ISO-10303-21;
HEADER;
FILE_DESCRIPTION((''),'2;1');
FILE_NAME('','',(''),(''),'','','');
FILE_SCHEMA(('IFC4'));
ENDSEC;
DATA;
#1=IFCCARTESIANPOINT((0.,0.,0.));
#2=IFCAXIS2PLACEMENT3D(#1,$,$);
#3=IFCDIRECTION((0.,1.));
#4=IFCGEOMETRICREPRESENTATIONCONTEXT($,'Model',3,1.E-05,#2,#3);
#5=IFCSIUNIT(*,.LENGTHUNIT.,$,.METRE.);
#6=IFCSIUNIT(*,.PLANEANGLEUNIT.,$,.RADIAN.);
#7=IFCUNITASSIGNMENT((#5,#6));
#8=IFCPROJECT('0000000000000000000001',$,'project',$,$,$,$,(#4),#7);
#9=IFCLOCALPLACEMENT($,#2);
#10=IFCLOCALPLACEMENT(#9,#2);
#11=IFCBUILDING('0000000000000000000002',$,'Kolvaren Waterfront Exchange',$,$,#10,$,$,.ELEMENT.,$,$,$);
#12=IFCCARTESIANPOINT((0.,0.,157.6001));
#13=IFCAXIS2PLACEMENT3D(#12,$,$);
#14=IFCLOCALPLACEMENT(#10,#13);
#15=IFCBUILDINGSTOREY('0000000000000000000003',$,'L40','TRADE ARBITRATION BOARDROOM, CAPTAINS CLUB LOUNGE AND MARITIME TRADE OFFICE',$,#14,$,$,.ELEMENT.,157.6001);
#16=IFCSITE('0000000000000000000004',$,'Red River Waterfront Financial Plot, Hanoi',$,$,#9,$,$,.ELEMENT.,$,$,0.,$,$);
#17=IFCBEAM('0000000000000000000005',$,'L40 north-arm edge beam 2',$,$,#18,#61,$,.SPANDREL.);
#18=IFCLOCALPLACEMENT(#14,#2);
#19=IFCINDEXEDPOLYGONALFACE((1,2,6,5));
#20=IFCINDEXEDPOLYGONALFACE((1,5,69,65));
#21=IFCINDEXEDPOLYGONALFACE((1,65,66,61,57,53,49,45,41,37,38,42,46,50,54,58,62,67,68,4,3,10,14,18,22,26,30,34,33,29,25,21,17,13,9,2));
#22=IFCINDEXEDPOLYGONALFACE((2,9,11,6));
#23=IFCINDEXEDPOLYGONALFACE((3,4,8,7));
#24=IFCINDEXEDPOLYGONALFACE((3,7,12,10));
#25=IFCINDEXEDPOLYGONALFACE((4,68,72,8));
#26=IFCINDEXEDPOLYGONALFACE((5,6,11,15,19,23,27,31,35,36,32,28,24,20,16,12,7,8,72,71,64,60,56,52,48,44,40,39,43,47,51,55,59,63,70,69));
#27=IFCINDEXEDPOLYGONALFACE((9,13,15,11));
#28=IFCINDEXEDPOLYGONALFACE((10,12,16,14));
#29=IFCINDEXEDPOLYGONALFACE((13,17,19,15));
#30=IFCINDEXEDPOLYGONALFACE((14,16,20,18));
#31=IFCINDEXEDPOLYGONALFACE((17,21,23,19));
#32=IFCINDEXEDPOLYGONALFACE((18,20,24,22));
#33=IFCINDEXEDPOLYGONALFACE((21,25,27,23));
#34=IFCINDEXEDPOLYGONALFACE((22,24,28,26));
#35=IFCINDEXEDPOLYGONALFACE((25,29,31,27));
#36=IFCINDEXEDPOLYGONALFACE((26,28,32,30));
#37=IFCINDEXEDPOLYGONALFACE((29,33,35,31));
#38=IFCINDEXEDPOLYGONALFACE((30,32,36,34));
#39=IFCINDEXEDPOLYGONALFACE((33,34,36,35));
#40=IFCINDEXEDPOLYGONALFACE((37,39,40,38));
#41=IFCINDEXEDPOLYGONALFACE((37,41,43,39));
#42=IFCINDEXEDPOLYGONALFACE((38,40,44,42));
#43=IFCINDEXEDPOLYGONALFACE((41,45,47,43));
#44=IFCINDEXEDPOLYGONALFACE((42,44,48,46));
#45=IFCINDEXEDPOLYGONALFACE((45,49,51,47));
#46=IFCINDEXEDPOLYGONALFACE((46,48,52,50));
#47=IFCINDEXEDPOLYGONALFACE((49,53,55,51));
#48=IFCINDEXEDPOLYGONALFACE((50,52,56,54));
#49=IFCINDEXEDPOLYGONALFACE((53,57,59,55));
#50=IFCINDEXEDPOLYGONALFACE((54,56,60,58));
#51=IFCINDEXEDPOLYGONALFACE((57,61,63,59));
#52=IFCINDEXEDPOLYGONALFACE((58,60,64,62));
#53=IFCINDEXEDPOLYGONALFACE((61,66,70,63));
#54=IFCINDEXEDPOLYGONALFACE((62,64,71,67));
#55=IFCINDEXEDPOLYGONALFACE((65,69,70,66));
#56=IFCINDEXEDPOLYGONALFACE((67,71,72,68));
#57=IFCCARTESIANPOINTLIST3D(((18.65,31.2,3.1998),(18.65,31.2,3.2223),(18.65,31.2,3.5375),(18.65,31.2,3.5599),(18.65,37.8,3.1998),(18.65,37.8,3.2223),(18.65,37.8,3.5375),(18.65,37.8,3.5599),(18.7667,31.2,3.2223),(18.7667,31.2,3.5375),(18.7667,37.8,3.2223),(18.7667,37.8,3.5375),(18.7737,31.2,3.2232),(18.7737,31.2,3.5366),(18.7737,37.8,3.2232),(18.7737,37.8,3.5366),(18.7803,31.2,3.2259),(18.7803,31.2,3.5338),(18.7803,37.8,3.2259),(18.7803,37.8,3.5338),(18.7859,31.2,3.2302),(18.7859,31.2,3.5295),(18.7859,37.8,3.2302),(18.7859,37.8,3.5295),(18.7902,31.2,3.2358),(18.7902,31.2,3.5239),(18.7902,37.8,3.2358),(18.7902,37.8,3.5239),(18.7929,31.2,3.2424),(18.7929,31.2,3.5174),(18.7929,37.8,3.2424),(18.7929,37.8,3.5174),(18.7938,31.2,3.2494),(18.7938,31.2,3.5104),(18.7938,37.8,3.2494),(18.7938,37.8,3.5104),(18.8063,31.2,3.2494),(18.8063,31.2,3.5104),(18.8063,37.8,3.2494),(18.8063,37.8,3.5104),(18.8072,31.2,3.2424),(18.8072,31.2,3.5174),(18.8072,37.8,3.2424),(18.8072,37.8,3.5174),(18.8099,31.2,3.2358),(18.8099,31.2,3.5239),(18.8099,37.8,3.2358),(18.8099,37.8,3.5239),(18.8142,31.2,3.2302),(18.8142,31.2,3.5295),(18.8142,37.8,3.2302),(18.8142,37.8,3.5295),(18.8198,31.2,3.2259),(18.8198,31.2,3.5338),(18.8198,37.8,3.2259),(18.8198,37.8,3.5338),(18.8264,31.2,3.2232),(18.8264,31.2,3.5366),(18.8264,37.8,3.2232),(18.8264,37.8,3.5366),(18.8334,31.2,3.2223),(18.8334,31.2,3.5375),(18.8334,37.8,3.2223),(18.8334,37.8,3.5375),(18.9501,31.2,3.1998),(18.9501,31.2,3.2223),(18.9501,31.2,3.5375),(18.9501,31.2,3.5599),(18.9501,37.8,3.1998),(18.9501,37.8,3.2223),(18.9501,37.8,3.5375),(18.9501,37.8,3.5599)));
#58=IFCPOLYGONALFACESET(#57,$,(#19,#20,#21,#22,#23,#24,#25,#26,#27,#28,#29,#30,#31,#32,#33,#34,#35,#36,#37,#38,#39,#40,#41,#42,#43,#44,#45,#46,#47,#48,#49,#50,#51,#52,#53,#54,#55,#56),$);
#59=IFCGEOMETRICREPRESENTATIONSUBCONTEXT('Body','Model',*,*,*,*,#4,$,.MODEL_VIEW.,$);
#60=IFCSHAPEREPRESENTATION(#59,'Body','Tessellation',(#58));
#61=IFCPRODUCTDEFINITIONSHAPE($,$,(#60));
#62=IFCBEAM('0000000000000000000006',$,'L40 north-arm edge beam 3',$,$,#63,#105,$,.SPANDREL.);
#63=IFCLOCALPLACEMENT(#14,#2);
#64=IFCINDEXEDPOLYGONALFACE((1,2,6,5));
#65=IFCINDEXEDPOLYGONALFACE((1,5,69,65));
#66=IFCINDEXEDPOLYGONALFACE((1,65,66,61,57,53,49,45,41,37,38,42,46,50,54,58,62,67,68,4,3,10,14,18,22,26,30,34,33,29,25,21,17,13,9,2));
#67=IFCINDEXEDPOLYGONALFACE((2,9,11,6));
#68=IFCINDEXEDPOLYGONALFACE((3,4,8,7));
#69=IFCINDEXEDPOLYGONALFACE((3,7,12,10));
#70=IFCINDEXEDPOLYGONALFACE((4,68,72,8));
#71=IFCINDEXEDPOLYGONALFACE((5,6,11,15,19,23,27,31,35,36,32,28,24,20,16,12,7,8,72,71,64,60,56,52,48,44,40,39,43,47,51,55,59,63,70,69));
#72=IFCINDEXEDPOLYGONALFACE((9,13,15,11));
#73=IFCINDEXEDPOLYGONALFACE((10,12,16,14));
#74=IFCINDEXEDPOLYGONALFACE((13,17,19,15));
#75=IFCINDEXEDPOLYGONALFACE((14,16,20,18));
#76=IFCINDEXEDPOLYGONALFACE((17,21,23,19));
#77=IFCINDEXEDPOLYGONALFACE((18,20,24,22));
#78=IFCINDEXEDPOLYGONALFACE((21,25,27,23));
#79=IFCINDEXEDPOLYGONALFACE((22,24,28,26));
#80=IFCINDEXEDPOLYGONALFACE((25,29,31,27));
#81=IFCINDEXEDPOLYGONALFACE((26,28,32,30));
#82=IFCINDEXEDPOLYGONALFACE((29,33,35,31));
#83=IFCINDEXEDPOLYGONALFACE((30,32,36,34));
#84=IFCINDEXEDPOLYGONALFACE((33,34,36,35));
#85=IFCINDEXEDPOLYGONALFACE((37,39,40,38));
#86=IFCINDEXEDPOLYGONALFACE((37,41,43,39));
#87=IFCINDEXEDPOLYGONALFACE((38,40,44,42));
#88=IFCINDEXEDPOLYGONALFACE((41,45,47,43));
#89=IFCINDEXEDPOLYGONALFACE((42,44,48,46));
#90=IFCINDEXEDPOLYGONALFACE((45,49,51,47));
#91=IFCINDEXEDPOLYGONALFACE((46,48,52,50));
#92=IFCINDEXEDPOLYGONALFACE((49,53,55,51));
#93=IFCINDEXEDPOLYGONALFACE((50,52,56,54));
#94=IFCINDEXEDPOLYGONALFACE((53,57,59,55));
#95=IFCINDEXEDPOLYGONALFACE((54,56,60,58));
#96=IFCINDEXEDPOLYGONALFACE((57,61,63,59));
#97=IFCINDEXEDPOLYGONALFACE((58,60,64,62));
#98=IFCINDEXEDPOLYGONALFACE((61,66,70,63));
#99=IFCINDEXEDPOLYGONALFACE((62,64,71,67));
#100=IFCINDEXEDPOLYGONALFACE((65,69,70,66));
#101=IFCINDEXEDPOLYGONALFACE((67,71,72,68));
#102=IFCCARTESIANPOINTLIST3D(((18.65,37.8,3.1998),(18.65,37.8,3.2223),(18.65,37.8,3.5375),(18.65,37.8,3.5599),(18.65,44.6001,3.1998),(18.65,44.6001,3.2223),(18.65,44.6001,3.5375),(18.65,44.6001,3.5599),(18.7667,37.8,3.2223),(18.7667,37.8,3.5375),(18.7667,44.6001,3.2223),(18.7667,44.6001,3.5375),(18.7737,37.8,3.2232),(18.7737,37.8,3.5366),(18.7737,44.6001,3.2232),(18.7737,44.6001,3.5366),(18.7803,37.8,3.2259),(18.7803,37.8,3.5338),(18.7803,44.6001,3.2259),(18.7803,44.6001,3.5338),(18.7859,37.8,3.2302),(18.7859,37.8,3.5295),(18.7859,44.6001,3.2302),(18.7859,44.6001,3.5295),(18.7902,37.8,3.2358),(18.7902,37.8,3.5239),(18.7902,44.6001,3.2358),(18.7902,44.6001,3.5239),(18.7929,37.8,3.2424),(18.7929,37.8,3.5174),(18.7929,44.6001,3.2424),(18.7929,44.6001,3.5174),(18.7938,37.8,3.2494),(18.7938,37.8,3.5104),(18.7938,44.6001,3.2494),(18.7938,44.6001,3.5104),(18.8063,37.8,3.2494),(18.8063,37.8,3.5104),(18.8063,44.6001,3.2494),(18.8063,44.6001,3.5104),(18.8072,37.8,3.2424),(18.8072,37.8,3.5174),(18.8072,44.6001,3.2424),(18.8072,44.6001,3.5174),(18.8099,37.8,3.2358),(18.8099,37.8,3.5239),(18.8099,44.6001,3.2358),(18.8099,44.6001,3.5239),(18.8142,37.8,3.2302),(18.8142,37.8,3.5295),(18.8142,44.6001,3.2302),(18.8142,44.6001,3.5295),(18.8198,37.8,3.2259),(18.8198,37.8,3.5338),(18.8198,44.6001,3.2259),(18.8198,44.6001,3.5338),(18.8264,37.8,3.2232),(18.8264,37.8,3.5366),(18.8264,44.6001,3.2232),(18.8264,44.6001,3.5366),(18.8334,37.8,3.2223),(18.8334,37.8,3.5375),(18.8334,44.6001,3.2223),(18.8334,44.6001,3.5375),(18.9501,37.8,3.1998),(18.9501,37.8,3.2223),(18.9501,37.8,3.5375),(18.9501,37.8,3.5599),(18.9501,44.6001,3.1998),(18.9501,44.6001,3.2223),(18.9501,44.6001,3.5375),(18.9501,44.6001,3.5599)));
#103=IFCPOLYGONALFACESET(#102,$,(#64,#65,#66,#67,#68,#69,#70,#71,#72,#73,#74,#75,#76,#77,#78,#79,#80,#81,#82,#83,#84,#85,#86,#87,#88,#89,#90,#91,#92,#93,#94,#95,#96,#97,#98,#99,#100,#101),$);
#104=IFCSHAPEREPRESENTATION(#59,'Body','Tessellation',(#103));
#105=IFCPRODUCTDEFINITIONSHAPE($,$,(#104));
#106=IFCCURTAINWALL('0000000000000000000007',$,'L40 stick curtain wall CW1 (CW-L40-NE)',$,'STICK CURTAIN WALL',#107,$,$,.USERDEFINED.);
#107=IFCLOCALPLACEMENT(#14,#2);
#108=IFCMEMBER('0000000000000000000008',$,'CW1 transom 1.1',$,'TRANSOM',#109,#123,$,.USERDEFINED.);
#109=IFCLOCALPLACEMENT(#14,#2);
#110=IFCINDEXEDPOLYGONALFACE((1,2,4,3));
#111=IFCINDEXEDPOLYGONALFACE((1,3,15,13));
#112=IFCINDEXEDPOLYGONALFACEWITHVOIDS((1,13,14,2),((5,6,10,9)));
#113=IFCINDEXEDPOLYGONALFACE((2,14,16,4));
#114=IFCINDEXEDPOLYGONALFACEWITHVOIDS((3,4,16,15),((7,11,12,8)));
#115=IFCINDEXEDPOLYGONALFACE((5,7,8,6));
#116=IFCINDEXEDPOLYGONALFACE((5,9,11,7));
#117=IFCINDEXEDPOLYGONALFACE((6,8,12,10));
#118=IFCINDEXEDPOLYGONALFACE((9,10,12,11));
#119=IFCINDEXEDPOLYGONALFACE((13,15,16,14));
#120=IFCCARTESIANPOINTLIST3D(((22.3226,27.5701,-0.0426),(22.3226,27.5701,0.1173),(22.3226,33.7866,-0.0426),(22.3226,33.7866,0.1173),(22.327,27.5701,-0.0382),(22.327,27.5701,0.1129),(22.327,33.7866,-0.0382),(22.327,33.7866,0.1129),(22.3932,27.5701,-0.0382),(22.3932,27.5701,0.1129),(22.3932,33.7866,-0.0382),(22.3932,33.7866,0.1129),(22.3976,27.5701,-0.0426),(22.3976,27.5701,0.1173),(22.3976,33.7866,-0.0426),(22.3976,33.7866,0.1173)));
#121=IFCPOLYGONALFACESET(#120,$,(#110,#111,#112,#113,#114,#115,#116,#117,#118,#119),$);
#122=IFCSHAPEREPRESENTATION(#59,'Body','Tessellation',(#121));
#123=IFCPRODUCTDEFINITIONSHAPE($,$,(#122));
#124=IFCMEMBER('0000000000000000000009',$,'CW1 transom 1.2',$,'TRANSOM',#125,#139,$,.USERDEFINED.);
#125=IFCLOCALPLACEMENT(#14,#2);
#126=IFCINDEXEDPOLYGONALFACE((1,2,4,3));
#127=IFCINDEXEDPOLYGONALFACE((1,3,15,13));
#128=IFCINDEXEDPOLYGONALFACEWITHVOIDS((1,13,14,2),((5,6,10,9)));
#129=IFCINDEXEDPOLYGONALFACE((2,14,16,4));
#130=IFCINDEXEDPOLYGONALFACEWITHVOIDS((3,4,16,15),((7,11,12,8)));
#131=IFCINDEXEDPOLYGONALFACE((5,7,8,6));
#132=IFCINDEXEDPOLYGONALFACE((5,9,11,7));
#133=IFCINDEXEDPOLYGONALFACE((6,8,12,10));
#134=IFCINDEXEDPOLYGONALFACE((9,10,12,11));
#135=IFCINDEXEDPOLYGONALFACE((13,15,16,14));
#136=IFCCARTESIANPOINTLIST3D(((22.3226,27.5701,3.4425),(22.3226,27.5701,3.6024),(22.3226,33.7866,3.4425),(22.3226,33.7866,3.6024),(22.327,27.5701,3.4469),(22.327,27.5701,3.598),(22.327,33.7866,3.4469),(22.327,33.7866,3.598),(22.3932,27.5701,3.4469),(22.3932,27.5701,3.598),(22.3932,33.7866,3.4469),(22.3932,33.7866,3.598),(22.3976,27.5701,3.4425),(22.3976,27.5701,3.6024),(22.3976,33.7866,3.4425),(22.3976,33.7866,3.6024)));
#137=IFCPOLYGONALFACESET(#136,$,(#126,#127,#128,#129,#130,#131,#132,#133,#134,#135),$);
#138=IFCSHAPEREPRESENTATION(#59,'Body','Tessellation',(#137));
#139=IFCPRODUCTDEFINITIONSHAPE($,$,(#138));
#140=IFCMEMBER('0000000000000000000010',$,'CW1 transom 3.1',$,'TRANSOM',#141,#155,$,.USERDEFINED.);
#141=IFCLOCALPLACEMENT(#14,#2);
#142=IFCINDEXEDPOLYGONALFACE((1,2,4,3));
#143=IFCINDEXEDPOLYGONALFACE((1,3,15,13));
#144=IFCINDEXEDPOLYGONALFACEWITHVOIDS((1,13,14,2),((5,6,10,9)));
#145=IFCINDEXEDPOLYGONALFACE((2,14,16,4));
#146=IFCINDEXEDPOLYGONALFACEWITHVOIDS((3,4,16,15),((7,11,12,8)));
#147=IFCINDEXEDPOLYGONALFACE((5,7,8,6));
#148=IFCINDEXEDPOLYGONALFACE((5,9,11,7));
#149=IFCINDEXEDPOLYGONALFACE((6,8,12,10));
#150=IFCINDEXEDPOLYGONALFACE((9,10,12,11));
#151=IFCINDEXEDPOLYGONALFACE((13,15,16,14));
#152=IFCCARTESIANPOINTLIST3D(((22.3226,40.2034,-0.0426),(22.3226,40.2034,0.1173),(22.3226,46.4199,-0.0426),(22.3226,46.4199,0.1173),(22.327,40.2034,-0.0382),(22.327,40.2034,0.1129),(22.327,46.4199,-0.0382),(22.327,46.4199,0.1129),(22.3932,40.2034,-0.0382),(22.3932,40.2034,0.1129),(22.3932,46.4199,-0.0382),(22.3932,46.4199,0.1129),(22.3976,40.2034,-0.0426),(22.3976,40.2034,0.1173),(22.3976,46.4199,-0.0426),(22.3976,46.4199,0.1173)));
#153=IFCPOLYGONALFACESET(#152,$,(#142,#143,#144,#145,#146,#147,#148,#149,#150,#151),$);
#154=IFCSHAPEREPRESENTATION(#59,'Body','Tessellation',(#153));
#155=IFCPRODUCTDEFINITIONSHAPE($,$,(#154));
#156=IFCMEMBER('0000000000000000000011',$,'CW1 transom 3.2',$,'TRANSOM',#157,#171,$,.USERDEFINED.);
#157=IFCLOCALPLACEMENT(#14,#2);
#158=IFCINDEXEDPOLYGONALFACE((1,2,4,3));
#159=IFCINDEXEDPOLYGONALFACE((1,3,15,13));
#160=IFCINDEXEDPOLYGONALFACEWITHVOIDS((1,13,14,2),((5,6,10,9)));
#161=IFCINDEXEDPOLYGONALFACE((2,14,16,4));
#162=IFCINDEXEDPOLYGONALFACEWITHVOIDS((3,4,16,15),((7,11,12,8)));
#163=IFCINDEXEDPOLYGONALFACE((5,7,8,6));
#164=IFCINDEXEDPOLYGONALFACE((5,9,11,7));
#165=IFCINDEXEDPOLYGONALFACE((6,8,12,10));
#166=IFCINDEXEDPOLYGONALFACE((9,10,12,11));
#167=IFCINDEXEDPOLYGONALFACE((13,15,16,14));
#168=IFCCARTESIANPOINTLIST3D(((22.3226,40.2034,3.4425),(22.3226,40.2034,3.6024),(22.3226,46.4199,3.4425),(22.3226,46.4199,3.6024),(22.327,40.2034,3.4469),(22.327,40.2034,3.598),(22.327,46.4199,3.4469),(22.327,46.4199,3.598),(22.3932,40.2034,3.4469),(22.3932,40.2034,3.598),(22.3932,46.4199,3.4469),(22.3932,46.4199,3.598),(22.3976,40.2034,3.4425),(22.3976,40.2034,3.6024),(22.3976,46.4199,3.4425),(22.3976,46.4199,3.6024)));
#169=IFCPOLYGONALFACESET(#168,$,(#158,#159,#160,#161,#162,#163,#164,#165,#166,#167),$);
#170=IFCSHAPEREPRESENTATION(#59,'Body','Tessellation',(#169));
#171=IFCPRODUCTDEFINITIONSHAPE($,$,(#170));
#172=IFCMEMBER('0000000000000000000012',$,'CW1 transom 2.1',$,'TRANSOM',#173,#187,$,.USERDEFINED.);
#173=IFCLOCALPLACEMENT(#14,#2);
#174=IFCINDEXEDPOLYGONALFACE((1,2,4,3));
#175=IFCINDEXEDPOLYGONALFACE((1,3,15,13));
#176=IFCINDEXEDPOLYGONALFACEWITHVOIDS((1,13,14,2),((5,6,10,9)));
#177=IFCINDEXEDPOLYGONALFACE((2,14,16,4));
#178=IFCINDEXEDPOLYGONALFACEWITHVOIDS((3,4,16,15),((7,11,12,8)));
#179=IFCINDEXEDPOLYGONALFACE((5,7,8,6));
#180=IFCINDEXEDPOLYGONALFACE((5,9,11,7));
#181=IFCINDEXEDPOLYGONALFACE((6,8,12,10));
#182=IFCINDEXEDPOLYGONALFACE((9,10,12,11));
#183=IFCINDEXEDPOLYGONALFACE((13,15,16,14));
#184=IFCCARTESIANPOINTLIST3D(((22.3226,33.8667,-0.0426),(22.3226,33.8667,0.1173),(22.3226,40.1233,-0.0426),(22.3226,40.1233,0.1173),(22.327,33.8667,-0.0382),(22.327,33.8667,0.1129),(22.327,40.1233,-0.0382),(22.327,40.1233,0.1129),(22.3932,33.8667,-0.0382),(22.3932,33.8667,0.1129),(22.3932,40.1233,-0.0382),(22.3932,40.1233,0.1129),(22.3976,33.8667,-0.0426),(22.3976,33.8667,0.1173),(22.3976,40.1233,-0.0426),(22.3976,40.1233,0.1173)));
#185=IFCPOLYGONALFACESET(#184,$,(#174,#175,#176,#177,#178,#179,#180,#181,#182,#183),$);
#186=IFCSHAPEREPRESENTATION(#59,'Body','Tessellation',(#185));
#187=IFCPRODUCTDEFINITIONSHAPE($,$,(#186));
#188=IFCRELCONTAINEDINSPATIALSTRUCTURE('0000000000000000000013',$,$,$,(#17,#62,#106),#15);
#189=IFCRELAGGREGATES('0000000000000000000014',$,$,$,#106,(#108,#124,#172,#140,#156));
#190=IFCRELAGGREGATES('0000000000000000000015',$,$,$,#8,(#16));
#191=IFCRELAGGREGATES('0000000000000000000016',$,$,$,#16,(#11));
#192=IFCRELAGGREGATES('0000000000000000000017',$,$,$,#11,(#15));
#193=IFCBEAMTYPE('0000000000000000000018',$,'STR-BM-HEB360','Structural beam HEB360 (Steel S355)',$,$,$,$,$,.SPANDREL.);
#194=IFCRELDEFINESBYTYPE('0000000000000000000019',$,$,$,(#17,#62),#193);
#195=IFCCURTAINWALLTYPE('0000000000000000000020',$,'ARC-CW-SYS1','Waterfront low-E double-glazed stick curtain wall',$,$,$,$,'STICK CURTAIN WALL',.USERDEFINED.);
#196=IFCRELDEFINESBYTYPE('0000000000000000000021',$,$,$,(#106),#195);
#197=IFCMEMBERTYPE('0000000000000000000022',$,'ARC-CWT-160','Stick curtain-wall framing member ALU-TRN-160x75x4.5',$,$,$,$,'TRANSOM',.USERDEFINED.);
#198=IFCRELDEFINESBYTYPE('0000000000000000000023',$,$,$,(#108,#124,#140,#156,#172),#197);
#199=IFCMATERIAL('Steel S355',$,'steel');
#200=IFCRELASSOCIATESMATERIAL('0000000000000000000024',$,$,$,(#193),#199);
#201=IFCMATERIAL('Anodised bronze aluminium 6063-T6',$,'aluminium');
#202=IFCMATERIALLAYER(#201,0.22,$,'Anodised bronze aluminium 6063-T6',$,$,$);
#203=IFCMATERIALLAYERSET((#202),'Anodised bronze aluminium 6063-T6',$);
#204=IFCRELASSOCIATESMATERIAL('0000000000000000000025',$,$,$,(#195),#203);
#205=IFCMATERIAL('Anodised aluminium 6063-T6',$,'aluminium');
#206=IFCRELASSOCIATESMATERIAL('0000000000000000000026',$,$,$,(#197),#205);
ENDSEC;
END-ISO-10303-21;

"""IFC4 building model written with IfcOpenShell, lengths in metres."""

from ifc_helpers import new_model, si_unit, direction, frame, origin, origin_with_axes, origin_2d, place, context, subcontext, project, spatial, hollow_rectangle, i_section, extrude, source, transform, mapped, material, layer, layer_set, material_profile, profile_set, type_object, element, aggregate, save


model = new_model("IFC4")

# Units and contexts
model_context = context("Model", 3, precision=1e-05, world=origin(), true_north=direction((0.0, 1.0)))
body_context = subcontext(model_context, "Body", "Model", "MODEL_VIEW")
ifc_project = project(units=[si_unit("LENGTHUNIT", "METRE"), si_unit("PLANEANGLEUNIT", "RADIAN")], contexts=[model_context])

# Site, building, storey
site_placement = place(None, origin())
site = spatial("IfcSite", under=ifc_project, at=site_placement, Name="Red River Waterfront Financial Plot, Hanoi", CompositionType="ELEMENT", RefElevation=0.0)
building_placement = place(site_placement, origin())
building = spatial("IfcBuilding", under=site, at=building_placement, Name="Kolvaren Waterfront Exchange", CompositionType="ELEMENT")
storey_placement = place(building_placement, frame((0.0, 0.0, 157.6001)))
storey = spatial("IfcBuildingStorey", under=building, at=storey_placement, Name="L40", Description="TRADE ARBITRATION BOARDROOM, CAPTAINS CLUB LOUNGE AND MARITIME TRADE OFFICE", CompositionType="ELEMENT", Elevation=157.6001)

# Beams
ifc_material_1 = material(Name="Steel S355", Category="steel")
ifc_material_profile_1 = material_profile(ifc_material_1, i_section(OverallWidth=0.3, OverallDepth=0.3601, WebThickness=0.0125, FlangeThickness=0.0225, FilletRadius=0.0271, at=origin_2d()), Name="HEB360")
ifc_profile_set_1 = profile_set([ifc_material_profile_1], Name="Steel S355")
beam_type = type_object("IfcBeamType", Name="STR-BM-HEB360", Description="Structural beam HEB360 (Steel S355)", PredefinedType="SPANDREL", material=ifc_profile_set_1)
beam_1_placement = place(storey_placement, frame((18.8, 31.2, 3.3799), z_axis=(0.0, 1.0, 0.0), x_axis=(-1.0, 0.0, 0.0)))
element("IfcBeam", 1, at=beam_1_placement, inside=storey, type_object=beam_type, Name="L40 north-arm edge beam 2", PredefinedType="SPANDREL", context=body_context, shape_type="SweptSolid", body=[
    extrude(i_section(OverallWidth=0.3, OverallDepth=0.3601, WebThickness=0.0125, FlangeThickness=0.0225, FilletRadius=0.0271, at=origin_2d()), origin(), (0.0, 0.0, 1.0), 6.6001),
])
beam_2_placement = place(storey_placement, frame((18.8, 37.8, 3.3799), z_axis=(0.0, 1.0, 0.0), x_axis=(-1.0, 0.0, 0.0)))
element("IfcBeam", 2, at=beam_2_placement, inside=storey, type_object=beam_type, Name="L40 north-arm edge beam 3", PredefinedType="SPANDREL", context=body_context, shape_type="SweptSolid", body=[
    extrude(i_section(OverallWidth=0.3, OverallDepth=0.3601, WebThickness=0.0125, FlangeThickness=0.0225, FilletRadius=0.0271, at=origin_2d()), origin(), (0.0, 0.0, 1.0), 6.8),
])

# Curtain wall, members
ifc_material_2 = material(Name="Anodised bronze aluminium 6063-T6", Category="aluminium")
ifc_layer_1 = layer(ifc_material_2, 0.22, Name="Anodised bronze aluminium 6063-T6")
ifc_layer_set_1 = layer_set([ifc_layer_1], Name="Anodised bronze aluminium 6063-T6")
curtain_wall_type = type_object("IfcCurtainWallType", Name="ARC-CW-SYS1", Description="Waterfront low-E double-glazed stick curtain wall", ElementType="STICK CURTAIN WALL", PredefinedType="USERDEFINED", material=ifc_layer_set_1)
curtain_wall_placement = place(storey_placement, origin())
curtain_wall = element("IfcCurtainWall", 3, at=curtain_wall_placement, inside=storey, type_object=curtain_wall_type, Name="L40 stick curtain wall CW1 (CW-L40-NE)", ObjectType="STICK CURTAIN WALL", PredefinedType="USERDEFINED")
ifc_material_3 = material(Name="Anodised aluminium 6063-T6", Category="aluminium")
ifc_material_profile_2 = material_profile(ifc_material_3, hollow_rectangle(XDim=0.075, YDim=0.1599, WallThickness=0.0044, at=origin_2d()), Name="ALU-TRN-160x75x4.5")
ifc_profile_set_2 = profile_set([ifc_material_profile_2], Name="Anodised aluminium 6063-T6")
member_type_1 = type_object("IfcMemberType", Name="ARC-CWT-160", Description="Stick curtain-wall framing member ALU-TRN-160x75x4.5", ElementType="TRANSOM", PredefinedType="USERDEFINED", material=ifc_profile_set_2)
shared_shape_1 = source(origin_with_axes(), body_context, "Body", "SweptSolid", [
    extrude(hollow_rectangle(XDim=0.075, YDim=0.1599, WallThickness=0.0044, at=origin_2d()), origin(), (0.0, 0.0, 1.0), 6.2166),
])
member_1_placement = place(storey_placement, frame((22.3601, 27.5701, 0.0374), z_axis=(0.0, 1.0, 0.0), x_axis=(-1.0, 0.0, 0.0)))
member_1 = element("IfcMember", 4, at=member_1_placement, type_object=member_type_1, Name="CW1 transom 1.1", ObjectType="TRANSOM", PredefinedType="USERDEFINED", context=body_context, shape_type="MappedRepresentation", body=[
    mapped(shared_shape_1, transform((0.0, 0.0, 0.0), x_axis=(1.0, 0.0, 0.0), y_axis=(0.0, 1.0, 0.0), z_axis=(0.0, 0.0, 1.0), scale=1.0)),
])
member_2_placement = place(storey_placement, frame((22.3601, 27.5701, 3.5225), z_axis=(0.0, 1.0, 0.0), x_axis=(-1.0, 0.0, 0.0)))
member_2 = element("IfcMember", 5, at=member_2_placement, type_object=member_type_1, Name="CW1 transom 1.2", ObjectType="TRANSOM", PredefinedType="USERDEFINED", context=body_context, shape_type="MappedRepresentation", body=[
    mapped(shared_shape_1, transform((0.0, 0.0, 0.0), x_axis=(1.0, 0.0, 0.0), y_axis=(0.0, 1.0, 0.0), z_axis=(0.0, 0.0, 1.0), scale=1.0)),
])
member_3_placement = place(storey_placement, frame((22.3601, 40.2034, 0.0374), z_axis=(0.0, 1.0, 0.0), x_axis=(-1.0, 0.0, 0.0)))
member_3 = element("IfcMember", 6, at=member_3_placement, type_object=member_type_1, Name="CW1 transom 3.1", ObjectType="TRANSOM", PredefinedType="USERDEFINED", context=body_context, shape_type="MappedRepresentation", body=[
    mapped(shared_shape_1, transform((0.0, 0.0, 0.0), x_axis=(1.0, 0.0, 0.0), y_axis=(0.0, 1.0, 0.0), z_axis=(0.0, 0.0, 1.0), scale=1.0)),
])
member_4_placement = place(storey_placement, frame((22.3601, 40.2034, 3.5225), z_axis=(0.0, 1.0, 0.0), x_axis=(-1.0, 0.0, 0.0)))
member_4 = element("IfcMember", 7, at=member_4_placement, type_object=member_type_1, Name="CW1 transom 3.2", ObjectType="TRANSOM", PredefinedType="USERDEFINED", context=body_context, shape_type="MappedRepresentation", body=[
    mapped(shared_shape_1, transform((0.0, 0.0, 0.0), x_axis=(1.0, 0.0, 0.0), y_axis=(0.0, 1.0, 0.0), z_axis=(0.0, 0.0, 1.0), scale=1.0)),
])
shared_shape_2 = source(origin_with_axes(), body_context, "Body", "SweptSolid", [
    extrude(hollow_rectangle(XDim=0.075, YDim=0.1599, WallThickness=0.0044, at=origin_2d()), origin(), (0.0, 0.0, 1.0), 6.2566),
])
member_5_placement = place(storey_placement, frame((22.3601, 33.8667, 0.0374), z_axis=(0.0, 1.0, 0.0), x_axis=(-1.0, 0.0, 0.0)))
member_5 = element("IfcMember", 8, at=member_5_placement, type_object=member_type_1, Name="CW1 transom 2.1", ObjectType="TRANSOM", PredefinedType="USERDEFINED", context=body_context, shape_type="MappedRepresentation", body=[
    mapped(shared_shape_2, transform((0.0, 0.0, 0.0), x_axis=(1.0, 0.0, 0.0), y_axis=(0.0, 1.0, 0.0), z_axis=(0.0, 0.0, 1.0), scale=1.0)),
])
aggregate(curtain_wall, [member_1, member_2, member_5, member_3, member_4])

save(model, "model.ifc")
